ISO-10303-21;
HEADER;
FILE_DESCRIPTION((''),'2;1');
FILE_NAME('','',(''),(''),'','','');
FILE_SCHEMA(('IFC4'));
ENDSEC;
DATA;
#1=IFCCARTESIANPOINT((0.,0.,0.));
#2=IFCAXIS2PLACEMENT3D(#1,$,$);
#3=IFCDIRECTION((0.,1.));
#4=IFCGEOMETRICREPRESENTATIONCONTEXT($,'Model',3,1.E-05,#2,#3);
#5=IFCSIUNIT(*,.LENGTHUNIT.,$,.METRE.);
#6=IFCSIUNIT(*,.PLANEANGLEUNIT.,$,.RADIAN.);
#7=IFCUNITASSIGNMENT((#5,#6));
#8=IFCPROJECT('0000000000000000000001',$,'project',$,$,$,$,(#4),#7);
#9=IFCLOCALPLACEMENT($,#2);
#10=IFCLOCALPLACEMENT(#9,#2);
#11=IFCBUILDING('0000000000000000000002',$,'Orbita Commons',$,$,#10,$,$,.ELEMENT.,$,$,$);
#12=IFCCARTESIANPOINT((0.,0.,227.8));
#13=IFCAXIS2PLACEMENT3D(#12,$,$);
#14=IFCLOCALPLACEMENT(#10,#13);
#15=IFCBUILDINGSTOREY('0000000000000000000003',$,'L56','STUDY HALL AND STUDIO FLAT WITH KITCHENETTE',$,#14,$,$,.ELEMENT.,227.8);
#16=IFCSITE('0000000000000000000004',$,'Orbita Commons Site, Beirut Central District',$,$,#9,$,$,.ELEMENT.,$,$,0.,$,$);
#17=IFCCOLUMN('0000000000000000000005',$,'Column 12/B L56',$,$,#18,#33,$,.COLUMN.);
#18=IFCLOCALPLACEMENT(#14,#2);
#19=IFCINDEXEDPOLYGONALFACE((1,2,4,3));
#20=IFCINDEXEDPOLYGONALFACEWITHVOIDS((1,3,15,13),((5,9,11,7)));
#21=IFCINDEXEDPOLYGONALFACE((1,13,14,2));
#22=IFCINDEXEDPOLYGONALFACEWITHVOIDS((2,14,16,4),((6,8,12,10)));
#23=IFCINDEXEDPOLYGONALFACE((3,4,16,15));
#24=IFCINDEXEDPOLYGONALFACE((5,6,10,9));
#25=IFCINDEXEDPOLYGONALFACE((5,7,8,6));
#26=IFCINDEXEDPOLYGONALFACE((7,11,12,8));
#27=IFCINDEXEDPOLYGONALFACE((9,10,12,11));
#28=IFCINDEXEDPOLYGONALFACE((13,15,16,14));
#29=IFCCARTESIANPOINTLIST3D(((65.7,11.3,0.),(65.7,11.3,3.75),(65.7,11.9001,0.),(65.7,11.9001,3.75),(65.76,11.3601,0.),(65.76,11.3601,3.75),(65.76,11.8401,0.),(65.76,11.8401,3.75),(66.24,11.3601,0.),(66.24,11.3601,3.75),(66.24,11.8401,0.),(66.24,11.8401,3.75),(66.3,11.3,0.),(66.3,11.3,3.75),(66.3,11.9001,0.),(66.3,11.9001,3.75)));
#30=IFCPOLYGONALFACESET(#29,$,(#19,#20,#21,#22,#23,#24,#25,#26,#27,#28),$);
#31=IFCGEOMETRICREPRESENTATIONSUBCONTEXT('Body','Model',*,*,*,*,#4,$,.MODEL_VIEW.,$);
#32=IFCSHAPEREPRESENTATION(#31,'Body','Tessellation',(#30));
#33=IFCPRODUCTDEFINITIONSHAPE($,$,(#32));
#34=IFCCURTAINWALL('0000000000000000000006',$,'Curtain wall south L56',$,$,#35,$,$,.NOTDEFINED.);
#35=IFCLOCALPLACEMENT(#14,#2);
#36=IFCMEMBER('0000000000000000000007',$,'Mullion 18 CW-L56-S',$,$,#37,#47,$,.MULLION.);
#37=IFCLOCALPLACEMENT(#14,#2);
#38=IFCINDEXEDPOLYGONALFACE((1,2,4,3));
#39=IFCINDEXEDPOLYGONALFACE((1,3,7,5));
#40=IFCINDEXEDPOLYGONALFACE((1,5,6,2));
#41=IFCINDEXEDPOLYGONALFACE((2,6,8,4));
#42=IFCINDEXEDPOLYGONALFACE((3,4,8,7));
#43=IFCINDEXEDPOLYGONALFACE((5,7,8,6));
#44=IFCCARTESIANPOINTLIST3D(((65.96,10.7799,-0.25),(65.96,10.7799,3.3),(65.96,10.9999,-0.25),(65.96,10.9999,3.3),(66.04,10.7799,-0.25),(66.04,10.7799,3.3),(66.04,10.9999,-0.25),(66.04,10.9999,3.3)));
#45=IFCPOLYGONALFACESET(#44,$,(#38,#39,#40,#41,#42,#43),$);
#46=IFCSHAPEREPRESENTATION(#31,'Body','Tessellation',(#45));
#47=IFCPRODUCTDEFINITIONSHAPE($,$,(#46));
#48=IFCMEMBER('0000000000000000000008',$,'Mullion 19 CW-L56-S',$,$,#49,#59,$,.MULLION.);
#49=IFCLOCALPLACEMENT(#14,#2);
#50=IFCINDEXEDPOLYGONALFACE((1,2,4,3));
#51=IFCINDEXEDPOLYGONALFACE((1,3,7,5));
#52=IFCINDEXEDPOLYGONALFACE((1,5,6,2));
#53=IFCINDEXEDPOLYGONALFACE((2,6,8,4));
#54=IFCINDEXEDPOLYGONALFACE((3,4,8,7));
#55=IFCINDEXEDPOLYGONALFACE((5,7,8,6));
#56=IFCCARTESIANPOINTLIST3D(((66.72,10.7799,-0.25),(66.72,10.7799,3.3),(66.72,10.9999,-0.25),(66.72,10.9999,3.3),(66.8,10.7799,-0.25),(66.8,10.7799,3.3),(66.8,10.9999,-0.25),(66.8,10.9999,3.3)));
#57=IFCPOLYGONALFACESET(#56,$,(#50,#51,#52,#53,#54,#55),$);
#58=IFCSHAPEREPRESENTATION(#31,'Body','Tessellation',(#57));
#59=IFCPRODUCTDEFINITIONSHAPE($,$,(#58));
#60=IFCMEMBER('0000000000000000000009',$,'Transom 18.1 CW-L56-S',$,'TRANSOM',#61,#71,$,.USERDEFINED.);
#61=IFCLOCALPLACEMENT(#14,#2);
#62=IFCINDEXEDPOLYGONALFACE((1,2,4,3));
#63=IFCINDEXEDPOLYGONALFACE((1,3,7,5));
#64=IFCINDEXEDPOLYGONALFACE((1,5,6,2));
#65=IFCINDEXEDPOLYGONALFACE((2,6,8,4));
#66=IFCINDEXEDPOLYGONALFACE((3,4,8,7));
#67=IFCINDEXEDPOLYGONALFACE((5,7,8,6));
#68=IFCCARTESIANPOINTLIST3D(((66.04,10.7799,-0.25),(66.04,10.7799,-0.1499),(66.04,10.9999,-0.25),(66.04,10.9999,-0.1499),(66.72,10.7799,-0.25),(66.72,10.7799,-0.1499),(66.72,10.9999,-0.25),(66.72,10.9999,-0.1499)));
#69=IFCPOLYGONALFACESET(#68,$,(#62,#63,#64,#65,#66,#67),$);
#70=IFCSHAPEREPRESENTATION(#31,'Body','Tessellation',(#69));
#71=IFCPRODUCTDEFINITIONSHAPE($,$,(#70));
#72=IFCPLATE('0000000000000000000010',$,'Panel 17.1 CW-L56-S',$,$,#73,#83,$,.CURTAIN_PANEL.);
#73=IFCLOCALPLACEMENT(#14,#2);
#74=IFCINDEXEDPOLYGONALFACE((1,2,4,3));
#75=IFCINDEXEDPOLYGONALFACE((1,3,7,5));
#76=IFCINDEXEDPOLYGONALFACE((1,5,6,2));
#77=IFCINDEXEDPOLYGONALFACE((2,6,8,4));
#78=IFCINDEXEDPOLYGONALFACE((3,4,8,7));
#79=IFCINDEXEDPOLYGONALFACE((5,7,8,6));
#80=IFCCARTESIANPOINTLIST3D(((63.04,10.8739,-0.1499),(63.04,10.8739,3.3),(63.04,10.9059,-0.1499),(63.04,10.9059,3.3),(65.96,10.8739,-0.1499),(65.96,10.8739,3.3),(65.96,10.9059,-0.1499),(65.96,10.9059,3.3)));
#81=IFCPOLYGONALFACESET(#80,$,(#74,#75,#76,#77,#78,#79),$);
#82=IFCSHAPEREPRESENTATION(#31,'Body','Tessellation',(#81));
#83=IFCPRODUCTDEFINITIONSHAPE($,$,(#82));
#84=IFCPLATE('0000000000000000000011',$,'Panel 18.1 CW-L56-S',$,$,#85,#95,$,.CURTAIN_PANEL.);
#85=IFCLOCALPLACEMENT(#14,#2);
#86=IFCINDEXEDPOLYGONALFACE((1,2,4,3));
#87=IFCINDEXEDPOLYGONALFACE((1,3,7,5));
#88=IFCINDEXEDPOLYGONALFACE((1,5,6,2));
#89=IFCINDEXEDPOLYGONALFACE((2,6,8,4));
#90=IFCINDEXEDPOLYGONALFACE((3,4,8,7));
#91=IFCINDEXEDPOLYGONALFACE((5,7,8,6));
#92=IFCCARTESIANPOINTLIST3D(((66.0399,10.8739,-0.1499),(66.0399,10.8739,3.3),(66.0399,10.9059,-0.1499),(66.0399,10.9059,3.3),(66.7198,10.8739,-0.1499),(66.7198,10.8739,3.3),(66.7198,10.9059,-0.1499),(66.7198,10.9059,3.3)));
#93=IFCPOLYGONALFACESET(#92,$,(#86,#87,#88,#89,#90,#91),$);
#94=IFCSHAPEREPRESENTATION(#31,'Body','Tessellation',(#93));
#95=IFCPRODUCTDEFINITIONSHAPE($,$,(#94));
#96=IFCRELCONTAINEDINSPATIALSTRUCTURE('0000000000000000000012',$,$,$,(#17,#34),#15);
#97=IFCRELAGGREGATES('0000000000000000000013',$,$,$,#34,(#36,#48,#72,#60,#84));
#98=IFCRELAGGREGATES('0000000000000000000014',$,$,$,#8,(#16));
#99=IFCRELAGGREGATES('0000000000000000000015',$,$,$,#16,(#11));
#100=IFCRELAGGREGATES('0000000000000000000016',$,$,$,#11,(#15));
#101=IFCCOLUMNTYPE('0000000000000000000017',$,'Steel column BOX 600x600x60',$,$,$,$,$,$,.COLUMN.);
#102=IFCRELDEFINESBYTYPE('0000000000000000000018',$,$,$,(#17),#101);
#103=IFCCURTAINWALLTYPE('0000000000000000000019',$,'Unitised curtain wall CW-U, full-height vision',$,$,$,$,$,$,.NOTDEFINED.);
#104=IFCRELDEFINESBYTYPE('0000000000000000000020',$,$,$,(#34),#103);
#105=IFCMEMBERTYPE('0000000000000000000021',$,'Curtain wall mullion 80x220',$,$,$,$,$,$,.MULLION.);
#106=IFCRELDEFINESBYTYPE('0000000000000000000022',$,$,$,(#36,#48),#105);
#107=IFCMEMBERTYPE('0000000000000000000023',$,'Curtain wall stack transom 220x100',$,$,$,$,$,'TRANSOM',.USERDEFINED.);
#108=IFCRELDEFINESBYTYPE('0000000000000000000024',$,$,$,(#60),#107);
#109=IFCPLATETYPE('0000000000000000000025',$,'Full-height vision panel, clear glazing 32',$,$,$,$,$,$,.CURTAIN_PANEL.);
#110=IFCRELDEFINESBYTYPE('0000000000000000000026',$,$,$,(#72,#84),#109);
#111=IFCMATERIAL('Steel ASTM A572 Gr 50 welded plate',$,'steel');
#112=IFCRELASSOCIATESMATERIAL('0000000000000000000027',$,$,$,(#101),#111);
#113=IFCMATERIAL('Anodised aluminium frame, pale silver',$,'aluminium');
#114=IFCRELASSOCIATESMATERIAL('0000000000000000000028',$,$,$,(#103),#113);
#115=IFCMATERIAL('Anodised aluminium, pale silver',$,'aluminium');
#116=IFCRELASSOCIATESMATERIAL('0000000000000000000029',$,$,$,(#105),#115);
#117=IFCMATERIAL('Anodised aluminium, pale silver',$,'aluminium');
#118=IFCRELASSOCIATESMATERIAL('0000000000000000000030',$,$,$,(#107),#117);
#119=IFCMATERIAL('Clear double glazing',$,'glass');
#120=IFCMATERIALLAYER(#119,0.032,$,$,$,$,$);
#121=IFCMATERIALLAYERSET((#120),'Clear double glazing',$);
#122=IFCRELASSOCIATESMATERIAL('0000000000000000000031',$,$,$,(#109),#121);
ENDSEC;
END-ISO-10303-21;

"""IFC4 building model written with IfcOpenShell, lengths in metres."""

from ifc_helpers import new_model, si_unit, direction, frame, origin, origin_2d, place, context, subcontext, project, spatial, rectangle, hollow_rectangle, extrude, material, layer, layer_set, material_profile, profile_set, type_object, element, aggregate, save


model = new_model("IFC4")

# Units and contexts
model_context = context("Model", 3, precision=1e-05, world=origin(), true_north=direction((0.0, 1.0)))
body_context = subcontext(model_context, "Body", "Model", "MODEL_VIEW")
ifc_project = project(units=[si_unit("LENGTHUNIT", "METRE"), si_unit("PLANEANGLEUNIT", "RADIAN")], contexts=[model_context])

# Site, building, storey
site_placement = place(None, origin())
site = spatial("IfcSite", under=ifc_project, at=site_placement, Name="Orbita Commons Site, Beirut Central District", CompositionType="ELEMENT", RefElevation=0.0)
building_placement = place(site_placement, origin())
building = spatial("IfcBuilding", under=site, at=building_placement, Name="Orbita Commons", CompositionType="ELEMENT")
storey_placement = place(building_placement, frame((0.0, 0.0, 227.8)))
storey = spatial("IfcBuildingStorey", under=building, at=storey_placement, Name="L56", Description="STUDY HALL AND STUDIO FLAT WITH KITCHENETTE", CompositionType="ELEMENT", Elevation=227.8)

# Column
ifc_material_1 = material(Name="Steel ASTM A572 Gr 50 welded plate", Category="steel")
ifc_material_profile_1 = material_profile(ifc_material_1, hollow_rectangle(XDim=0.6001, YDim=0.6001, WallThickness=0.0601, at=origin_2d()), Name="BOX 600x600x60")
ifc_profile_set_1 = profile_set([ifc_material_profile_1], Name="Steel ASTM A572 Gr 50 welded plate")
column_type = type_object("IfcColumnType", Name="Steel column BOX 600x600x60", PredefinedType="COLUMN", material=ifc_profile_set_1)
column_placement = place(storey_placement, frame((66.0, 11.6001, 0.0), z_axis=(0.0, 0.0, 1.0), x_axis=(1.0, 0.0, 0.0)))
element("IfcColumn", 1, at=column_placement, inside=storey, type_object=column_type, Name="Column 12/B L56", PredefinedType="COLUMN", context=body_context, shape_type="SweptSolid", body=[
    extrude(hollow_rectangle(XDim=0.6001, YDim=0.6001, WallThickness=0.0601, at=origin_2d()), origin(), (0.0, 0.0, 1.0), 3.75),
])

# Curtain wall, members, plates
ifc_material_2 = material(Name="Anodised aluminium frame, pale silver", Category="aluminium")
curtain_wall_type = type_object("IfcCurtainWallType", Name="Unitised curtain wall CW-U, full-height vision", PredefinedType="NOTDEFINED", material=ifc_material_2)
curtain_wall_placement = place(storey_placement, origin())
curtain_wall = element("IfcCurtainWall", 2, at=curtain_wall_placement, inside=storey, type_object=curtain_wall_type, Name="Curtain wall south L56", PredefinedType="NOTDEFINED")
ifc_material_3 = material(Name="Anodised aluminium, pale silver", Category="aluminium")
ifc_material_profile_2 = material_profile(ifc_material_3, rectangle(XDim=0.0801, YDim=0.22, at=origin_2d()), Name="AL 80x220")
ifc_profile_set_2 = profile_set([ifc_material_profile_2], Name="Anodised aluminium, pale silver")
member_type_1 = type_object("IfcMemberType", Name="Curtain wall mullion 80x220", PredefinedType="MULLION", material=ifc_profile_set_2)
member_1_placement = place(storey_placement, frame((66.0, 10.8899, -0.25), z_axis=(0.0, 0.0, 1.0), x_axis=(1.0, 0.0, 0.0)))
member_1 = element("IfcMember", 3, at=member_1_placement, type_object=member_type_1, Name="Mullion 18 CW-L56-S", PredefinedType="MULLION", context=body_context, shape_type="SweptSolid", body=[
    extrude(rectangle(XDim=0.0801, YDim=0.22, at=origin_2d()), origin(), (0.0, 0.0, 1.0), 3.55),
])
member_2_placement = place(storey_placement, frame((66.76, 10.8899, -0.25), z_axis=(0.0, 0.0, 1.0), x_axis=(1.0, 0.0, 0.0)))
member_2 = element("IfcMember", 4, at=member_2_placement, type_object=member_type_1, Name="Mullion 19 CW-L56-S", PredefinedType="MULLION", context=body_context, shape_type="SweptSolid", body=[
    extrude(rectangle(XDim=0.0801, YDim=0.22, at=origin_2d()), origin(), (0.0, 0.0, 1.0), 3.55),
])
ifc_material_4 = material(Name="Anodised aluminium, pale silver", Category="aluminium")
ifc_material_profile_3 = material_profile(ifc_material_4, rectangle(XDim=0.22, YDim=0.1001, at=origin_2d()), Name="AL 220x100")
ifc_profile_set_3 = profile_set([ifc_material_profile_3], Name="Anodised aluminium, pale silver")
member_type_2 = type_object("IfcMemberType", Name="Curtain wall stack transom 220x100", ElementType="TRANSOM", PredefinedType="USERDEFINED", material=ifc_profile_set_3)
member_3_placement = place(storey_placement, frame((66.04, 10.8899, -0.2), z_axis=(1.0, 0.0, 0.0), x_axis=(0.0, 1.0, 0.0)))
member_3 = element("IfcMember", 5, at=member_3_placement, type_object=member_type_2, Name="Transom 18.1 CW-L56-S", ObjectType="TRANSOM", PredefinedType="USERDEFINED", context=body_context, shape_type="SweptSolid", body=[
    extrude(rectangle(XDim=0.22, YDim=0.1001, at=origin_2d()), origin(), (0.0, 0.0, 1.0), 0.6799),
])
ifc_material_5 = material(Name="Clear double glazing", Category="glass")
ifc_layer_1 = layer(ifc_material_5, 0.032)
ifc_layer_set_1 = layer_set([ifc_layer_1], Name="Clear double glazing")
plate_type = type_object("IfcPlateType", Name="Full-height vision panel, clear glazing 32", PredefinedType="CURTAIN_PANEL", material=ifc_layer_set_1)
plate_1_placement = place(storey_placement, frame((64.5, 10.8899, -0.1499), z_axis=(0.0, 0.0, 1.0), x_axis=(1.0, 0.0, 0.0)))
plate_1 = element("IfcPlate", 6, at=plate_1_placement, type_object=plate_type, Name="Panel 17.1 CW-L56-S", PredefinedType="CURTAIN_PANEL", context=body_context, shape_type="SweptSolid", body=[
    extrude(rectangle(XDim=2.9199, YDim=0.032, at=origin_2d()), origin(), (0.0, 0.0, 1.0), 3.45),
])
plate_2_placement = place(storey_placement, frame((66.3799, 10.8899, -0.1499), z_axis=(0.0, 0.0, 1.0), x_axis=(1.0, 0.0, 0.0)))
plate_2 = element("IfcPlate", 7, at=plate_2_placement, type_object=plate_type, Name="Panel 18.1 CW-L56-S", PredefinedType="CURTAIN_PANEL", context=body_context, shape_type="SweptSolid", body=[
    extrude(rectangle(XDim=0.6799, YDim=0.032, at=origin_2d()), origin(), (0.0, 0.0, 1.0), 3.45),
])
aggregate(curtain_wall, [member_1, member_2, plate_1, member_3, plate_2])

save(model, "model.ifc")
